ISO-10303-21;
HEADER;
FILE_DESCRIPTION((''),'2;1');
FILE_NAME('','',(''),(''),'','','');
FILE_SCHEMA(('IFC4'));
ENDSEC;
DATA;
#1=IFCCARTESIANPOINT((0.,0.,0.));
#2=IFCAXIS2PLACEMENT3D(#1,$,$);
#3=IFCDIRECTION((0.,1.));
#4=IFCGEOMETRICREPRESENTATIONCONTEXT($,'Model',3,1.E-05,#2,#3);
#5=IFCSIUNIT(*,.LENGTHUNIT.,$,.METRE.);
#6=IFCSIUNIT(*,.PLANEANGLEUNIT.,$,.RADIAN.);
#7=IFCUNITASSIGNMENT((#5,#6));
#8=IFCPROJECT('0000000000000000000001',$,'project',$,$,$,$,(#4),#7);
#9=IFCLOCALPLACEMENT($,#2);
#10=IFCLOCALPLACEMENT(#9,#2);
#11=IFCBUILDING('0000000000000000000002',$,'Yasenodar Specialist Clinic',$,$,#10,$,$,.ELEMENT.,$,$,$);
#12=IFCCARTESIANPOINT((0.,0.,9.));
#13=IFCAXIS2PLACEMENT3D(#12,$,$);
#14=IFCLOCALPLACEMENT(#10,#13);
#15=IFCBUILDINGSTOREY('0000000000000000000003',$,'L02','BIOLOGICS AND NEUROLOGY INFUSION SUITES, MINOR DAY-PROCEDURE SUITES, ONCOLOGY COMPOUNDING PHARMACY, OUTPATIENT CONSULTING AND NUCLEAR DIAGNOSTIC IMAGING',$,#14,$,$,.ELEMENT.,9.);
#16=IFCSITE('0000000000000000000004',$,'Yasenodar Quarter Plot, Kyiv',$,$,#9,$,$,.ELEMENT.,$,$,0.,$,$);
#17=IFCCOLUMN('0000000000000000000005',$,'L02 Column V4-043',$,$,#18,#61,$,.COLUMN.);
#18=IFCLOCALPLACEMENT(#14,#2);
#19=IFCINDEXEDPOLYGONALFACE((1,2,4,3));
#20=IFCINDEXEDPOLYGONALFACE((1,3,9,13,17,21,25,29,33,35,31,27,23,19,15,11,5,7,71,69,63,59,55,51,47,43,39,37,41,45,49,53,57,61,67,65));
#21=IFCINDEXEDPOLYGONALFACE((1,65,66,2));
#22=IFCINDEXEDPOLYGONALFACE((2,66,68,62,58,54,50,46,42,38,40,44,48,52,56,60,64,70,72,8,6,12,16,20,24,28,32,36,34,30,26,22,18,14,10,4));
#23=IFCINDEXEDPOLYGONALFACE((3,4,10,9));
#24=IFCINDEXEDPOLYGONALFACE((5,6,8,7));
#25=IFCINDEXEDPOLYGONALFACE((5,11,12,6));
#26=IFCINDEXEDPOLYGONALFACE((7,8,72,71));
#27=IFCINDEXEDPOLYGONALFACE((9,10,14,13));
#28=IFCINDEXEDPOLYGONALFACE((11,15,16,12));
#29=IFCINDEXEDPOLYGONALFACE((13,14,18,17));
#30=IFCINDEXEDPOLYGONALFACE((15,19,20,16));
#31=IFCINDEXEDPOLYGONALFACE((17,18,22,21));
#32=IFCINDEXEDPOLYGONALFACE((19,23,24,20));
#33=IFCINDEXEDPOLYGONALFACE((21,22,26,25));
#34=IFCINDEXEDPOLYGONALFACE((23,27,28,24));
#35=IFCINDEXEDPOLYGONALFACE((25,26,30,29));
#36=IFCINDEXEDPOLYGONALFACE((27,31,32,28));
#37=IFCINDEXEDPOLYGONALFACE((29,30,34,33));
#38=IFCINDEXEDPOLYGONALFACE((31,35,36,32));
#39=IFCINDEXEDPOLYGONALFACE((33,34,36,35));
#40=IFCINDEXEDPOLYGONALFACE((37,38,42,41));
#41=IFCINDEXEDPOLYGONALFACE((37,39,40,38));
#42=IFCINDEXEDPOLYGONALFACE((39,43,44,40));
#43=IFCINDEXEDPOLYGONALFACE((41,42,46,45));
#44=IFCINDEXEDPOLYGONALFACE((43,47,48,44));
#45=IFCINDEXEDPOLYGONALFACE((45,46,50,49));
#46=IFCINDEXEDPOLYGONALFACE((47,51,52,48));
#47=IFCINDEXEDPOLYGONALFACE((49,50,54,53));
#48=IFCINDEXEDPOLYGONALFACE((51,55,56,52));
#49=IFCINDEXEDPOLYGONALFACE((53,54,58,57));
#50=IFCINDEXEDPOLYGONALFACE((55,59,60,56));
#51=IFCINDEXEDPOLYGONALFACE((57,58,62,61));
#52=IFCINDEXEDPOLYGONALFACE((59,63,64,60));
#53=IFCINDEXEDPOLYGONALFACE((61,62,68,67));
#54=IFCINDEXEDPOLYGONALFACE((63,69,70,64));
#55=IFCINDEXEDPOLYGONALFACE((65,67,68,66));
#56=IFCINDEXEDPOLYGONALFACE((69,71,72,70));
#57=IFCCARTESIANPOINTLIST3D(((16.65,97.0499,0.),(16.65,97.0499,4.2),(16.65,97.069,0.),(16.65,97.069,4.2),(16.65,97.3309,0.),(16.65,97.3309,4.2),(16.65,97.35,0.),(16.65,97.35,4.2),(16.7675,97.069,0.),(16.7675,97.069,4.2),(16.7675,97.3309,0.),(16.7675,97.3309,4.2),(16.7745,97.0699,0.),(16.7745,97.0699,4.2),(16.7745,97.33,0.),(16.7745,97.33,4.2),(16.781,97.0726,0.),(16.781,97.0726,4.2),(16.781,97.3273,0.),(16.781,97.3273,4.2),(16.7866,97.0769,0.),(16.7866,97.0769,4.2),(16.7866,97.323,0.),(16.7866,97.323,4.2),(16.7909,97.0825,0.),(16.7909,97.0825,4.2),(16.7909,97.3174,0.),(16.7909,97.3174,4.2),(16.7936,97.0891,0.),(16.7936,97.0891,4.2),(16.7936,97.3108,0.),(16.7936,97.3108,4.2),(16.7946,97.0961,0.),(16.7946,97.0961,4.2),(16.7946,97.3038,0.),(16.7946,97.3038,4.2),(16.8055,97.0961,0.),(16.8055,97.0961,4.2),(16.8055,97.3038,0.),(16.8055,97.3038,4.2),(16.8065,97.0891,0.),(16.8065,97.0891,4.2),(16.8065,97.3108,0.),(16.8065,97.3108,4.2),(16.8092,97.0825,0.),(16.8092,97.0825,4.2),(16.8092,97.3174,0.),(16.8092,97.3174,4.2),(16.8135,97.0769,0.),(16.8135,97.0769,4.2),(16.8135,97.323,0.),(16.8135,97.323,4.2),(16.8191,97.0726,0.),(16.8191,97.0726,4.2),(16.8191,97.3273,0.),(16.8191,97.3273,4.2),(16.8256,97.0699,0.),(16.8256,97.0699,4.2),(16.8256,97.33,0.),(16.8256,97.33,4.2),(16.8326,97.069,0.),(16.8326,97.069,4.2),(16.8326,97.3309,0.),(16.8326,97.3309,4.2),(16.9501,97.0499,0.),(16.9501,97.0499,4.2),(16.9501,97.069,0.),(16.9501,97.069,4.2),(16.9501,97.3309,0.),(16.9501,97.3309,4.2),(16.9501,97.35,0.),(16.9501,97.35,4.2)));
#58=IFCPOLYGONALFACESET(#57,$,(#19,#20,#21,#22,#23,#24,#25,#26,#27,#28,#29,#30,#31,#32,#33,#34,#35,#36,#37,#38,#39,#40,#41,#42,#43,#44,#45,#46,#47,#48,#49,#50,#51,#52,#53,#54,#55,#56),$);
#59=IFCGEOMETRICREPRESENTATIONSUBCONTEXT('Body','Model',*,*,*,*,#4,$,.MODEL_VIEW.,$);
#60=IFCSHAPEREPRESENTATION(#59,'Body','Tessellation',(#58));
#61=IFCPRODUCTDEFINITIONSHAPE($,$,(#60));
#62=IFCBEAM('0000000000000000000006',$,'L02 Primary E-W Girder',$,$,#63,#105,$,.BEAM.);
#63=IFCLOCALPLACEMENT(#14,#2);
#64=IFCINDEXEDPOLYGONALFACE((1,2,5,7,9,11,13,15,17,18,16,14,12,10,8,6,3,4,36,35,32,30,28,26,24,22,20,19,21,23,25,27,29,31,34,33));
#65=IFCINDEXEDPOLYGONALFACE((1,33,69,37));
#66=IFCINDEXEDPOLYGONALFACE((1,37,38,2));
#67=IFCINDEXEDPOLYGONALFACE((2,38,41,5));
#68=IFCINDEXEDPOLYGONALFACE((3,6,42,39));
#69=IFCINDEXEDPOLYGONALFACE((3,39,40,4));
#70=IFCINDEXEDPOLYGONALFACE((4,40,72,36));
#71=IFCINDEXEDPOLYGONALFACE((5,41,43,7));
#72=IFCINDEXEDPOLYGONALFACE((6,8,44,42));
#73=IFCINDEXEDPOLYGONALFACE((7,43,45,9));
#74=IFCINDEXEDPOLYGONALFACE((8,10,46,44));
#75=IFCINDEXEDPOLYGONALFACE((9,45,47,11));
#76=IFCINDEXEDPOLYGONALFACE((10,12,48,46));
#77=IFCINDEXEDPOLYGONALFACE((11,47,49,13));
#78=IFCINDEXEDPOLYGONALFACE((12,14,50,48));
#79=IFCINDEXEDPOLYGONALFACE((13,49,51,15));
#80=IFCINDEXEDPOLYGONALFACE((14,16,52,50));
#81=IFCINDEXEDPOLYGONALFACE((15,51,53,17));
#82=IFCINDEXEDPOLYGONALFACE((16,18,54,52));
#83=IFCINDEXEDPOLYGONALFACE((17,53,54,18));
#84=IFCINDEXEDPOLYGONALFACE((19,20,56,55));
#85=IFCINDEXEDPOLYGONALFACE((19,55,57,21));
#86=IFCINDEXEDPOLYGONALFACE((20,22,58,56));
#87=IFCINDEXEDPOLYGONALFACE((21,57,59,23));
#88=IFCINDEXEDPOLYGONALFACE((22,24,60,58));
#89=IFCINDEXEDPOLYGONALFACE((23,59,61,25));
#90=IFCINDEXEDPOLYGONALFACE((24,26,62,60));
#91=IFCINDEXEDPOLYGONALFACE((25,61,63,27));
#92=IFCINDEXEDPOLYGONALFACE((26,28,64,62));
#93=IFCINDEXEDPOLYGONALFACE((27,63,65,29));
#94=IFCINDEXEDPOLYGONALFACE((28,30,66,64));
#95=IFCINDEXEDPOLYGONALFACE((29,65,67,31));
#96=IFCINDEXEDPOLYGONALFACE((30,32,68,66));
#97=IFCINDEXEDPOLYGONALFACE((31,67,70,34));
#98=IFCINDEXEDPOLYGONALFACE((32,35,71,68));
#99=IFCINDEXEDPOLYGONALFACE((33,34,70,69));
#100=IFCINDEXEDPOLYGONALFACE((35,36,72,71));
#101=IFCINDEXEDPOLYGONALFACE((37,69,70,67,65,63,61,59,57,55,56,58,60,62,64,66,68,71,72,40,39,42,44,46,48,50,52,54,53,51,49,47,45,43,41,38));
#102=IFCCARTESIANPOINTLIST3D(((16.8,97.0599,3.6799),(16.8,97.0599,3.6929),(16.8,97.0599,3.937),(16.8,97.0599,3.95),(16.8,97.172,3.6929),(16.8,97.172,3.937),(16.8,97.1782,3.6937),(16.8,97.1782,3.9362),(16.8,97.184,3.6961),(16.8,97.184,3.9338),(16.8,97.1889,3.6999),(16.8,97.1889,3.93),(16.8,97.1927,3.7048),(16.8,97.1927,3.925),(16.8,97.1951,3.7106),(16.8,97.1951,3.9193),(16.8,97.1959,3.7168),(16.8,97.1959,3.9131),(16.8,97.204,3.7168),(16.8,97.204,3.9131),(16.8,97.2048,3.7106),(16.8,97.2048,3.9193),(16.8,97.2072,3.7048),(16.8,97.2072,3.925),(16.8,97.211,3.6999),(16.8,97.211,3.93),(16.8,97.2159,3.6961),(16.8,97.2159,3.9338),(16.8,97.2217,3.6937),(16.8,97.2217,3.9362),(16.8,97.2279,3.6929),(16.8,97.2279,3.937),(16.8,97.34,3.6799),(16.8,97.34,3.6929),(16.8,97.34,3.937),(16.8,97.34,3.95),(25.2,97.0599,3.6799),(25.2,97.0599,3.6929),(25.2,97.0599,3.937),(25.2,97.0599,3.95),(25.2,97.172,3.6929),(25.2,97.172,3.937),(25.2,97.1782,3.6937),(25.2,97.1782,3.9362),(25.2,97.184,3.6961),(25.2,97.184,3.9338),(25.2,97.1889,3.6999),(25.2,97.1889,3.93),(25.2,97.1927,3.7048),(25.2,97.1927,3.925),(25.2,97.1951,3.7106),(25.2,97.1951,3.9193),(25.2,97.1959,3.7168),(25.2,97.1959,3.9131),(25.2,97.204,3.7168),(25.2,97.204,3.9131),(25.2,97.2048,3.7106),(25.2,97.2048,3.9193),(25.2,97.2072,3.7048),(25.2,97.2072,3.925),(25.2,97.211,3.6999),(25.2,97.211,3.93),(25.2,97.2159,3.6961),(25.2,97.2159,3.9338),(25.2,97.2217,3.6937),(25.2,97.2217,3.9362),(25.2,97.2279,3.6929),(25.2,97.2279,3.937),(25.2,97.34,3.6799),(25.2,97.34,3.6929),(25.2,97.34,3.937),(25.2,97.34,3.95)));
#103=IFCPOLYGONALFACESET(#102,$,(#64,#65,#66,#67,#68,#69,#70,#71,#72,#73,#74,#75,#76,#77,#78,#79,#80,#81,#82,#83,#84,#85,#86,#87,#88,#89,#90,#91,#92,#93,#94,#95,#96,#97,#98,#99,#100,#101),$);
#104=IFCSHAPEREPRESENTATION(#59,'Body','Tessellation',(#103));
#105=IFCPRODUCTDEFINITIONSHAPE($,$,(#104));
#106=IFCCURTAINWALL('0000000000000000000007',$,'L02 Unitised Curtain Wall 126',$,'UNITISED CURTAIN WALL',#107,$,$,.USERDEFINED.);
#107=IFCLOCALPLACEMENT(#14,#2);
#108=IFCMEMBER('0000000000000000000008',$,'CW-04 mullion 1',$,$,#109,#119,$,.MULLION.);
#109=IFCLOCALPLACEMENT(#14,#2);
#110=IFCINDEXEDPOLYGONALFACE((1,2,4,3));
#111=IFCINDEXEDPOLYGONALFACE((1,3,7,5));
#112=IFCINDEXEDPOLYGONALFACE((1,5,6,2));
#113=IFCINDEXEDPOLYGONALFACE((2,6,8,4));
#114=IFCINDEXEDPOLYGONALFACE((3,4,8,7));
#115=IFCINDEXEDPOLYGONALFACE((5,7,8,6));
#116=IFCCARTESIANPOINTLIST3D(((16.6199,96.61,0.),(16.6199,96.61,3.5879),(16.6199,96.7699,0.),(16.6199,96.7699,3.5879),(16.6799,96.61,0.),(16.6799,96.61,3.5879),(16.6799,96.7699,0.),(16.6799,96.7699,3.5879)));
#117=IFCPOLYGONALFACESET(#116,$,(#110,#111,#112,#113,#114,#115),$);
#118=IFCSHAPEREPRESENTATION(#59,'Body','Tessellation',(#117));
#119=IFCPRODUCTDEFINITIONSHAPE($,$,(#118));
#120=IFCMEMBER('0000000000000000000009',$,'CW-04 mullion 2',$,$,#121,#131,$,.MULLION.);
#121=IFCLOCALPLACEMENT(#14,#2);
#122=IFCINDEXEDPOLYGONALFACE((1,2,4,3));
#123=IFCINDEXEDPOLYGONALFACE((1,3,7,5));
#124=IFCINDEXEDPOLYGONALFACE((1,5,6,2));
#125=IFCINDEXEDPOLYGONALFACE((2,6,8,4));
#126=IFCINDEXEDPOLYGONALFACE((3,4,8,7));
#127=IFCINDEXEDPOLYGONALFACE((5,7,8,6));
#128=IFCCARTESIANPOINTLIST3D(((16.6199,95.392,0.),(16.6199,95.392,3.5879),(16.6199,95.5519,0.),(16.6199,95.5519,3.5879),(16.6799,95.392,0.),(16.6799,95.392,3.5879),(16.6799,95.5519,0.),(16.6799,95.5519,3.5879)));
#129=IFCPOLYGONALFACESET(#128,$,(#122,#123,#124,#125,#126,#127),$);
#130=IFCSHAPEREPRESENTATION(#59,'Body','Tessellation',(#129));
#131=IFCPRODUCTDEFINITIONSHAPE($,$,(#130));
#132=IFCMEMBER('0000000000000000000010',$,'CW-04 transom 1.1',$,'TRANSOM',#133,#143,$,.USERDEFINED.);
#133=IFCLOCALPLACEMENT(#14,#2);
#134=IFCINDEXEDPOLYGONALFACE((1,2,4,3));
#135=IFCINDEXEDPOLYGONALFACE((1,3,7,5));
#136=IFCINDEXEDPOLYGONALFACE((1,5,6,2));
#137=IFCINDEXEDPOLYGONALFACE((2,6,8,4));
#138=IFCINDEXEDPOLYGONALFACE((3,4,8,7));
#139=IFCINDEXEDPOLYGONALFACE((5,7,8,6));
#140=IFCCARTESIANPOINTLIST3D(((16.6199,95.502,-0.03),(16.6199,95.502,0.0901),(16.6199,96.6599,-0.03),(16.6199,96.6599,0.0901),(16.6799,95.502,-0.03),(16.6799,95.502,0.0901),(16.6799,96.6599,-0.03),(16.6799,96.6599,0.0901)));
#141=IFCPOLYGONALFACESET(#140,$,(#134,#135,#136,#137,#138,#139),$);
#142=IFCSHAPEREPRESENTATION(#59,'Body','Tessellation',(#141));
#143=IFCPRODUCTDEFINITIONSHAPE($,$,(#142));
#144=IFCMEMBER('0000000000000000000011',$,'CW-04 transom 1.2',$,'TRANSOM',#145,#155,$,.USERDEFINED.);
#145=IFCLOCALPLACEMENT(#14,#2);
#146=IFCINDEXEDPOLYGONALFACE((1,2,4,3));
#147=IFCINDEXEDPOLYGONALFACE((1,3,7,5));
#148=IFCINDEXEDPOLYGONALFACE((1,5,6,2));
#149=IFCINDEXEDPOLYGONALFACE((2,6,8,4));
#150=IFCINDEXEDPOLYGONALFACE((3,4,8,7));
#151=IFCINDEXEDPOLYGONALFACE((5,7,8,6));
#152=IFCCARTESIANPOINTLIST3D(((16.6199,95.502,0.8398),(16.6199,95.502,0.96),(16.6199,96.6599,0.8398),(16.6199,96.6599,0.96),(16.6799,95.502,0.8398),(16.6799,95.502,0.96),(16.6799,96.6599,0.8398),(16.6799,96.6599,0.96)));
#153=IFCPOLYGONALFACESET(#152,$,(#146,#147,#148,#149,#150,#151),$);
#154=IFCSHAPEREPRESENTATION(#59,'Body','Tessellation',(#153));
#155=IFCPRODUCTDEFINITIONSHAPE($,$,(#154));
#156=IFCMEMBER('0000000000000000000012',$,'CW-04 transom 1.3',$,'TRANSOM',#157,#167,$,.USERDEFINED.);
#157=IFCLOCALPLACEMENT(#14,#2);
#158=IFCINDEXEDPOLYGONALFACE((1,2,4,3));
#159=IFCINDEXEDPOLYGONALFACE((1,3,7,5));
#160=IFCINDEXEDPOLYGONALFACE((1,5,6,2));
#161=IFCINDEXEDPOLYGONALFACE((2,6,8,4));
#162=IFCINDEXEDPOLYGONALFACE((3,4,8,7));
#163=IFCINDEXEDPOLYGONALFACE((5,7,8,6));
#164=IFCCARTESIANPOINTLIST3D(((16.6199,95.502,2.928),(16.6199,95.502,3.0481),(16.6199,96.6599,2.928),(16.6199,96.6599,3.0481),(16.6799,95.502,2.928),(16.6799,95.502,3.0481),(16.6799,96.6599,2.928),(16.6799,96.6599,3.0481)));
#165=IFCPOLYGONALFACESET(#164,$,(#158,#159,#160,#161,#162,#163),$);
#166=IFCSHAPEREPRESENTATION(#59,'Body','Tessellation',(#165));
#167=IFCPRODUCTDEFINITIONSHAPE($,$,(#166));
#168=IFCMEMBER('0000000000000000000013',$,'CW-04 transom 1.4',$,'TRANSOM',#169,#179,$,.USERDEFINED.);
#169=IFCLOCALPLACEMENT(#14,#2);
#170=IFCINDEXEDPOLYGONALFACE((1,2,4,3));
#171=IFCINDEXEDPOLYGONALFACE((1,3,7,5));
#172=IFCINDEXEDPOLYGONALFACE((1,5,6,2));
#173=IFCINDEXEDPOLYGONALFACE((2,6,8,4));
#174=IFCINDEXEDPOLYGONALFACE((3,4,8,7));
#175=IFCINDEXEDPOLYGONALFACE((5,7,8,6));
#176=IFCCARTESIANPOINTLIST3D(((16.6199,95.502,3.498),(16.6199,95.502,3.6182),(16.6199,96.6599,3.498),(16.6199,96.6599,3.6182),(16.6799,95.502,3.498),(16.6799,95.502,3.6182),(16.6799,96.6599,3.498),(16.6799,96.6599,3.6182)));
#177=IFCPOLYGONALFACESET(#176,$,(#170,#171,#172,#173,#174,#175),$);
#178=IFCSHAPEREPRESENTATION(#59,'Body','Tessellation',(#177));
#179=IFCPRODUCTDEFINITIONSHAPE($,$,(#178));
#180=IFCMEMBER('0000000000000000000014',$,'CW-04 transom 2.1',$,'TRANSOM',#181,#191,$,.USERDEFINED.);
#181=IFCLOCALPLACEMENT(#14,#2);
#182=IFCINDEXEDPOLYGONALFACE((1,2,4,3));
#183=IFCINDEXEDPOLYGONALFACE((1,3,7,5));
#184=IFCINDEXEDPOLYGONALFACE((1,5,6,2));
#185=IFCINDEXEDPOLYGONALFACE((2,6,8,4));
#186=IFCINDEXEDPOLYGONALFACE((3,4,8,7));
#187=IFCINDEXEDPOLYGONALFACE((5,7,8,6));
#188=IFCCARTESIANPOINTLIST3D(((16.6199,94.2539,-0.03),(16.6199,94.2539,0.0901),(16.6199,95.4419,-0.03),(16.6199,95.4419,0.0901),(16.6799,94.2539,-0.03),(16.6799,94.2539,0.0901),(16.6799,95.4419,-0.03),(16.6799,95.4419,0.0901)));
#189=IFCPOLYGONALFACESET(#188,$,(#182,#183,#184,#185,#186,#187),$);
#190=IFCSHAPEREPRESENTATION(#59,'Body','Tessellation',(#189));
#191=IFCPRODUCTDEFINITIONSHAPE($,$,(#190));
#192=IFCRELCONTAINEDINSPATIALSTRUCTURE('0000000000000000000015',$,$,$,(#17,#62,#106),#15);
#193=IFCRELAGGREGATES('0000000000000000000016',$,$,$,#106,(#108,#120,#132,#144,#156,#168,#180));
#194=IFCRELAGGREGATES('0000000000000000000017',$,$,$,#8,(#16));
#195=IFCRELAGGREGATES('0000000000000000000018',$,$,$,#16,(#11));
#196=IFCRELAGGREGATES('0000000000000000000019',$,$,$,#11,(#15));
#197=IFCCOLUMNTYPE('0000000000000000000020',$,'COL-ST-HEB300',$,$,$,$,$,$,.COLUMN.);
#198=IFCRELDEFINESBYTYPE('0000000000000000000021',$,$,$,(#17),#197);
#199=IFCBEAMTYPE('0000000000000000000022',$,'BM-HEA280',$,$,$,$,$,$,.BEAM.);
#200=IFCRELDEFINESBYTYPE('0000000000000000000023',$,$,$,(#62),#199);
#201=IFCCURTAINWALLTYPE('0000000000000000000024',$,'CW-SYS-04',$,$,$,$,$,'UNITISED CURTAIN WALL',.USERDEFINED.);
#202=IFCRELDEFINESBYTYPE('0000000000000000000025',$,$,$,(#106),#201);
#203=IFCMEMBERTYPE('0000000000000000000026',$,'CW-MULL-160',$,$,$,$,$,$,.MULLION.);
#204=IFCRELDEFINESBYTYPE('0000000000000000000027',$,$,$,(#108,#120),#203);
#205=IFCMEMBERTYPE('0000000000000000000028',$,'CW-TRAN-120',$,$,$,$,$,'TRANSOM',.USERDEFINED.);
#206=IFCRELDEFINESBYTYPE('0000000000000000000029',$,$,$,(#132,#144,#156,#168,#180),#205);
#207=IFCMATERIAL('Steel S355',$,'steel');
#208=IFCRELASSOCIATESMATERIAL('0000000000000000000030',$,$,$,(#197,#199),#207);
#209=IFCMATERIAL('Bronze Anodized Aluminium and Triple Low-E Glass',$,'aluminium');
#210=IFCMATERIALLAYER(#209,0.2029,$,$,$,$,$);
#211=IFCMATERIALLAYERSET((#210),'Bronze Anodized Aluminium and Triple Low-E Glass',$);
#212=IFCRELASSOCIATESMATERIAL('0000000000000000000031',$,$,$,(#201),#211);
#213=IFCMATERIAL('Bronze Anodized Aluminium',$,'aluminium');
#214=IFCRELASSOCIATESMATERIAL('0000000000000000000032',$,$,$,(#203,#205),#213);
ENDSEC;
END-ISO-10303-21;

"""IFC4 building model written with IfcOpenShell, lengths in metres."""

from ifc_helpers import new_model, si_unit, direction, frame, origin, origin_2d, place, context, subcontext, project, spatial, rectangle, i_section, extrude, material, layer, layer_set, material_profile, profile_set, type_object, element, aggregate, save


model = new_model("IFC4")

# Units and contexts
model_context = context("Model", 3, precision=1e-05, world=origin(), true_north=direction((0.0, 1.0)))
body_context = subcontext(model_context, "Body", "Model", "MODEL_VIEW")
ifc_project = project(units=[si_unit("LENGTHUNIT", "METRE"), si_unit("PLANEANGLEUNIT", "RADIAN")], contexts=[model_context])

# Site, building, storey
site_placement = place(None, origin())
site = spatial("IfcSite", under=ifc_project, at=site_placement, Name="Yasenodar Quarter Plot, Kyiv", CompositionType="ELEMENT", RefElevation=0.0)
building_placement = place(site_placement, origin())
building = spatial("IfcBuilding", under=site, at=building_placement, Name="Yasenodar Specialist Clinic", CompositionType="ELEMENT")
storey_placement = place(building_placement, frame((0.0, 0.0, 9.0)))
storey = spatial("IfcBuildingStorey", under=building, at=storey_placement, Name="L02", Description="BIOLOGICS AND NEUROLOGY INFUSION SUITES, MINOR DAY-PROCEDURE SUITES, ONCOLOGY COMPOUNDING PHARMACY, OUTPATIENT CONSULTING AND NUCLEAR DIAGNOSTIC IMAGING", CompositionType="ELEMENT", Elevation=9.0)

# Column
ifc_material_1 = material(Name="Steel S355", Category="steel")
ifc_material_profile_1 = material_profile(ifc_material_1, i_section(OverallWidth=0.3, OverallDepth=0.3, WebThickness=0.011, FlangeThickness=0.019, FilletRadius=0.0271, at=origin_2d()), Name="HEB 300")
ifc_profile_set_1 = profile_set([ifc_material_profile_1], Name="Steel S355")
column_type = type_object("IfcColumnType", Name="COL-ST-HEB300", PredefinedType="COLUMN", material=ifc_profile_set_1)
column_placement = place(storey_placement, frame((16.8, 97.2, 0.0), z_axis=(0.0, 0.0, 1.0), x_axis=(1.0, 0.0, 0.0)))
element("IfcColumn", 1, at=column_placement, inside=storey, type_object=column_type, Name="L02 Column V4-043", PredefinedType="COLUMN", context=body_context, shape_type="SweptSolid", body=[
    extrude(i_section(OverallWidth=0.3, OverallDepth=0.3, WebThickness=0.011, FlangeThickness=0.019, FilletRadius=0.0271, at=origin_2d()), origin(), (0.0, 0.0, 1.0), 4.2),
])

# Beam
ifc_material_profile_2 = material_profile(ifc_material_1, i_section(OverallWidth=0.28, OverallDepth=0.27, WebThickness=0.0081, FlangeThickness=0.0129, FilletRadius=0.0239, at=origin_2d()), Name="HEA 280")
ifc_profile_set_2 = profile_set([ifc_material_profile_2], Name="Steel S355")
beam_type = type_object("IfcBeamType", Name="BM-HEA280", PredefinedType="BEAM", material=ifc_profile_set_2)
beam_placement = place(storey_placement, frame((16.8, 97.2, 3.8149), z_axis=(1.0, 0.0, 0.0), x_axis=(0.0, 1.0, 0.0)))
element("IfcBeam", 2, at=beam_placement, inside=storey, type_object=beam_type, Name="L02 Primary E-W Girder", PredefinedType="BEAM", context=body_context, shape_type="SweptSolid", body=[
    extrude(i_section(OverallWidth=0.28, OverallDepth=0.27, WebThickness=0.0081, FlangeThickness=0.0129, FilletRadius=0.0239, at=origin_2d()), origin(), (0.0, 0.0, 1.0), 8.3999),
])

# Curtain wall, members
ifc_material_2 = material(Name="Bronze Anodized Aluminium and Triple Low-E Glass", Category="aluminium")
ifc_layer_1 = layer(ifc_material_2, 0.2029)
ifc_layer_set_1 = layer_set([ifc_layer_1], Name="Bronze Anodized Aluminium and Triple Low-E Glass")
curtain_wall_type = type_object("IfcCurtainWallType", Name="CW-SYS-04", ElementType="UNITISED CURTAIN WALL", PredefinedType="USERDEFINED", material=ifc_layer_set_1)
curtain_wall_placement = place(storey_placement, origin())
curtain_wall = element("IfcCurtainWall", 3, at=curtain_wall_placement, inside=storey, type_object=curtain_wall_type, Name="L02 Unitised Curtain Wall 126", ObjectType="UNITISED CURTAIN WALL", PredefinedType="USERDEFINED")
ifc_material_3 = material(Name="Bronze Anodized Aluminium", Category="aluminium")
ifc_material_profile_3 = material_profile(ifc_material_3, rectangle(XDim=0.0601, YDim=0.1599, at=origin_2d()), Name="CW-MULL 60x160")
ifc_profile_set_3 = profile_set([ifc_material_profile_3], Name="Bronze Anodized Aluminium")
member_type_1 = type_object("IfcMemberType", Name="CW-MULL-160", PredefinedType="MULLION", material=ifc_profile_set_3)
member_1_placement = place(storey_placement, frame((16.6499, 96.6899, 0.0), z_axis=(0.0, 0.0, 1.0), x_axis=(1.0, 0.0, 0.0)))
member_1 = element("IfcMember", 4, at=member_1_placement, type_object=member_type_1, Name="CW-04 mullion 1", PredefinedType="MULLION", context=body_context, shape_type="SweptSolid", body=[
    extrude(rectangle(XDim=0.0601, YDim=0.1599, at=origin_2d()), origin(), (0.0, 0.0, 1.0), 3.5879),
])
member_2_placement = place(storey_placement, frame((16.6499, 95.4719, 0.0), z_axis=(0.0, 0.0, 1.0), x_axis=(1.0, 0.0, 0.0)))
member_2 = element("IfcMember", 5, at=member_2_placement, type_object=member_type_1, Name="CW-04 mullion 2", PredefinedType="MULLION", context=body_context, shape_type="SweptSolid", body=[
    extrude(rectangle(XDim=0.0601, YDim=0.1599, at=origin_2d()), origin(), (0.0, 0.0, 1.0), 3.5879),
])
ifc_material_profile_4 = material_profile(ifc_material_3, rectangle(XDim=0.0601, YDim=0.1201, at=origin_2d()), Name="CW-TRAN 60x120")
ifc_profile_set_4 = profile_set([ifc_material_profile_4], Name="Bronze Anodized Aluminium")
member_type_2 = type_object("IfcMemberType", Name="CW-TRAN-120", ElementType="TRANSOM", PredefinedType="USERDEFINED", material=ifc_profile_set_4)
member_3_placement = place(storey_placement, frame((16.6499, 96.6599, 0.03), z_axis=(0.0, -1.0, 0.0), x_axis=(1.0, 0.0, 0.0)))
member_3 = element("IfcMember", 6, at=member_3_placement, type_object=member_type_2, Name="CW-04 transom 1.1", ObjectType="TRANSOM", PredefinedType="USERDEFINED", context=body_context, shape_type="SweptSolid", body=[
    extrude(rectangle(XDim=0.0601, YDim=0.1201, at=origin_2d()), origin(), (0.0, 0.0, 1.0), 1.158),
])
member_4_placement = place(storey_placement, frame((16.6499, 96.6599, 0.8999), z_axis=(0.0, -1.0, 0.0), x_axis=(1.0, 0.0, 0.0)))
member_4 = element("IfcMember", 7, at=member_4_placement, type_object=member_type_2, Name="CW-04 transom 1.2", ObjectType="TRANSOM", PredefinedType="USERDEFINED", context=body_context, shape_type="SweptSolid", body=[
    extrude(rectangle(XDim=0.0601, YDim=0.1201, at=origin_2d()), origin(), (0.0, 0.0, 1.0), 1.158),
])
member_5_placement = place(storey_placement, frame((16.6499, 96.6599, 2.988), z_axis=(0.0, -1.0, 0.0), x_axis=(1.0, 0.0, 0.0)))
member_5 = element("IfcMember", 8, at=member_5_placement, type_object=member_type_2, Name="CW-04 transom 1.3", ObjectType="TRANSOM", PredefinedType="USERDEFINED", context=body_context, shape_type="SweptSolid", body=[
    extrude(rectangle(XDim=0.0601, YDim=0.1201, at=origin_2d()), origin(), (0.0, 0.0, 1.0), 1.158),
])
member_6_placement = place(storey_placement, frame((16.6499, 96.6599, 3.5581), z_axis=(0.0, -1.0, 0.0), x_axis=(1.0, 0.0, 0.0)))
member_6 = element("IfcMember", 9, at=member_6_placement, type_object=member_type_2, Name="CW-04 transom 1.4", ObjectType="TRANSOM", PredefinedType="USERDEFINED", context=body_context, shape_type="SweptSolid", body=[
    extrude(rectangle(XDim=0.0601, YDim=0.1201, at=origin_2d()), origin(), (0.0, 0.0, 1.0), 1.158),
])
member_7_placement = place(storey_placement, frame((16.6499, 95.4419, 0.03), z_axis=(0.0, -1.0, 0.0), x_axis=(1.0, 0.0, 0.0)))
member_7 = element("IfcMember", 10, at=member_7_placement, type_object=member_type_2, Name="CW-04 transom 2.1", ObjectType="TRANSOM", PredefinedType="USERDEFINED", context=body_context, shape_type="SweptSolid", body=[
    extrude(rectangle(XDim=0.0601, YDim=0.1201, at=origin_2d()), origin(), (0.0, 0.0, 1.0), 1.188),
])
aggregate(curtain_wall, [member_1, member_2, member_3, member_4, member_5, member_6, member_7])

save(model, "model.ifc")
